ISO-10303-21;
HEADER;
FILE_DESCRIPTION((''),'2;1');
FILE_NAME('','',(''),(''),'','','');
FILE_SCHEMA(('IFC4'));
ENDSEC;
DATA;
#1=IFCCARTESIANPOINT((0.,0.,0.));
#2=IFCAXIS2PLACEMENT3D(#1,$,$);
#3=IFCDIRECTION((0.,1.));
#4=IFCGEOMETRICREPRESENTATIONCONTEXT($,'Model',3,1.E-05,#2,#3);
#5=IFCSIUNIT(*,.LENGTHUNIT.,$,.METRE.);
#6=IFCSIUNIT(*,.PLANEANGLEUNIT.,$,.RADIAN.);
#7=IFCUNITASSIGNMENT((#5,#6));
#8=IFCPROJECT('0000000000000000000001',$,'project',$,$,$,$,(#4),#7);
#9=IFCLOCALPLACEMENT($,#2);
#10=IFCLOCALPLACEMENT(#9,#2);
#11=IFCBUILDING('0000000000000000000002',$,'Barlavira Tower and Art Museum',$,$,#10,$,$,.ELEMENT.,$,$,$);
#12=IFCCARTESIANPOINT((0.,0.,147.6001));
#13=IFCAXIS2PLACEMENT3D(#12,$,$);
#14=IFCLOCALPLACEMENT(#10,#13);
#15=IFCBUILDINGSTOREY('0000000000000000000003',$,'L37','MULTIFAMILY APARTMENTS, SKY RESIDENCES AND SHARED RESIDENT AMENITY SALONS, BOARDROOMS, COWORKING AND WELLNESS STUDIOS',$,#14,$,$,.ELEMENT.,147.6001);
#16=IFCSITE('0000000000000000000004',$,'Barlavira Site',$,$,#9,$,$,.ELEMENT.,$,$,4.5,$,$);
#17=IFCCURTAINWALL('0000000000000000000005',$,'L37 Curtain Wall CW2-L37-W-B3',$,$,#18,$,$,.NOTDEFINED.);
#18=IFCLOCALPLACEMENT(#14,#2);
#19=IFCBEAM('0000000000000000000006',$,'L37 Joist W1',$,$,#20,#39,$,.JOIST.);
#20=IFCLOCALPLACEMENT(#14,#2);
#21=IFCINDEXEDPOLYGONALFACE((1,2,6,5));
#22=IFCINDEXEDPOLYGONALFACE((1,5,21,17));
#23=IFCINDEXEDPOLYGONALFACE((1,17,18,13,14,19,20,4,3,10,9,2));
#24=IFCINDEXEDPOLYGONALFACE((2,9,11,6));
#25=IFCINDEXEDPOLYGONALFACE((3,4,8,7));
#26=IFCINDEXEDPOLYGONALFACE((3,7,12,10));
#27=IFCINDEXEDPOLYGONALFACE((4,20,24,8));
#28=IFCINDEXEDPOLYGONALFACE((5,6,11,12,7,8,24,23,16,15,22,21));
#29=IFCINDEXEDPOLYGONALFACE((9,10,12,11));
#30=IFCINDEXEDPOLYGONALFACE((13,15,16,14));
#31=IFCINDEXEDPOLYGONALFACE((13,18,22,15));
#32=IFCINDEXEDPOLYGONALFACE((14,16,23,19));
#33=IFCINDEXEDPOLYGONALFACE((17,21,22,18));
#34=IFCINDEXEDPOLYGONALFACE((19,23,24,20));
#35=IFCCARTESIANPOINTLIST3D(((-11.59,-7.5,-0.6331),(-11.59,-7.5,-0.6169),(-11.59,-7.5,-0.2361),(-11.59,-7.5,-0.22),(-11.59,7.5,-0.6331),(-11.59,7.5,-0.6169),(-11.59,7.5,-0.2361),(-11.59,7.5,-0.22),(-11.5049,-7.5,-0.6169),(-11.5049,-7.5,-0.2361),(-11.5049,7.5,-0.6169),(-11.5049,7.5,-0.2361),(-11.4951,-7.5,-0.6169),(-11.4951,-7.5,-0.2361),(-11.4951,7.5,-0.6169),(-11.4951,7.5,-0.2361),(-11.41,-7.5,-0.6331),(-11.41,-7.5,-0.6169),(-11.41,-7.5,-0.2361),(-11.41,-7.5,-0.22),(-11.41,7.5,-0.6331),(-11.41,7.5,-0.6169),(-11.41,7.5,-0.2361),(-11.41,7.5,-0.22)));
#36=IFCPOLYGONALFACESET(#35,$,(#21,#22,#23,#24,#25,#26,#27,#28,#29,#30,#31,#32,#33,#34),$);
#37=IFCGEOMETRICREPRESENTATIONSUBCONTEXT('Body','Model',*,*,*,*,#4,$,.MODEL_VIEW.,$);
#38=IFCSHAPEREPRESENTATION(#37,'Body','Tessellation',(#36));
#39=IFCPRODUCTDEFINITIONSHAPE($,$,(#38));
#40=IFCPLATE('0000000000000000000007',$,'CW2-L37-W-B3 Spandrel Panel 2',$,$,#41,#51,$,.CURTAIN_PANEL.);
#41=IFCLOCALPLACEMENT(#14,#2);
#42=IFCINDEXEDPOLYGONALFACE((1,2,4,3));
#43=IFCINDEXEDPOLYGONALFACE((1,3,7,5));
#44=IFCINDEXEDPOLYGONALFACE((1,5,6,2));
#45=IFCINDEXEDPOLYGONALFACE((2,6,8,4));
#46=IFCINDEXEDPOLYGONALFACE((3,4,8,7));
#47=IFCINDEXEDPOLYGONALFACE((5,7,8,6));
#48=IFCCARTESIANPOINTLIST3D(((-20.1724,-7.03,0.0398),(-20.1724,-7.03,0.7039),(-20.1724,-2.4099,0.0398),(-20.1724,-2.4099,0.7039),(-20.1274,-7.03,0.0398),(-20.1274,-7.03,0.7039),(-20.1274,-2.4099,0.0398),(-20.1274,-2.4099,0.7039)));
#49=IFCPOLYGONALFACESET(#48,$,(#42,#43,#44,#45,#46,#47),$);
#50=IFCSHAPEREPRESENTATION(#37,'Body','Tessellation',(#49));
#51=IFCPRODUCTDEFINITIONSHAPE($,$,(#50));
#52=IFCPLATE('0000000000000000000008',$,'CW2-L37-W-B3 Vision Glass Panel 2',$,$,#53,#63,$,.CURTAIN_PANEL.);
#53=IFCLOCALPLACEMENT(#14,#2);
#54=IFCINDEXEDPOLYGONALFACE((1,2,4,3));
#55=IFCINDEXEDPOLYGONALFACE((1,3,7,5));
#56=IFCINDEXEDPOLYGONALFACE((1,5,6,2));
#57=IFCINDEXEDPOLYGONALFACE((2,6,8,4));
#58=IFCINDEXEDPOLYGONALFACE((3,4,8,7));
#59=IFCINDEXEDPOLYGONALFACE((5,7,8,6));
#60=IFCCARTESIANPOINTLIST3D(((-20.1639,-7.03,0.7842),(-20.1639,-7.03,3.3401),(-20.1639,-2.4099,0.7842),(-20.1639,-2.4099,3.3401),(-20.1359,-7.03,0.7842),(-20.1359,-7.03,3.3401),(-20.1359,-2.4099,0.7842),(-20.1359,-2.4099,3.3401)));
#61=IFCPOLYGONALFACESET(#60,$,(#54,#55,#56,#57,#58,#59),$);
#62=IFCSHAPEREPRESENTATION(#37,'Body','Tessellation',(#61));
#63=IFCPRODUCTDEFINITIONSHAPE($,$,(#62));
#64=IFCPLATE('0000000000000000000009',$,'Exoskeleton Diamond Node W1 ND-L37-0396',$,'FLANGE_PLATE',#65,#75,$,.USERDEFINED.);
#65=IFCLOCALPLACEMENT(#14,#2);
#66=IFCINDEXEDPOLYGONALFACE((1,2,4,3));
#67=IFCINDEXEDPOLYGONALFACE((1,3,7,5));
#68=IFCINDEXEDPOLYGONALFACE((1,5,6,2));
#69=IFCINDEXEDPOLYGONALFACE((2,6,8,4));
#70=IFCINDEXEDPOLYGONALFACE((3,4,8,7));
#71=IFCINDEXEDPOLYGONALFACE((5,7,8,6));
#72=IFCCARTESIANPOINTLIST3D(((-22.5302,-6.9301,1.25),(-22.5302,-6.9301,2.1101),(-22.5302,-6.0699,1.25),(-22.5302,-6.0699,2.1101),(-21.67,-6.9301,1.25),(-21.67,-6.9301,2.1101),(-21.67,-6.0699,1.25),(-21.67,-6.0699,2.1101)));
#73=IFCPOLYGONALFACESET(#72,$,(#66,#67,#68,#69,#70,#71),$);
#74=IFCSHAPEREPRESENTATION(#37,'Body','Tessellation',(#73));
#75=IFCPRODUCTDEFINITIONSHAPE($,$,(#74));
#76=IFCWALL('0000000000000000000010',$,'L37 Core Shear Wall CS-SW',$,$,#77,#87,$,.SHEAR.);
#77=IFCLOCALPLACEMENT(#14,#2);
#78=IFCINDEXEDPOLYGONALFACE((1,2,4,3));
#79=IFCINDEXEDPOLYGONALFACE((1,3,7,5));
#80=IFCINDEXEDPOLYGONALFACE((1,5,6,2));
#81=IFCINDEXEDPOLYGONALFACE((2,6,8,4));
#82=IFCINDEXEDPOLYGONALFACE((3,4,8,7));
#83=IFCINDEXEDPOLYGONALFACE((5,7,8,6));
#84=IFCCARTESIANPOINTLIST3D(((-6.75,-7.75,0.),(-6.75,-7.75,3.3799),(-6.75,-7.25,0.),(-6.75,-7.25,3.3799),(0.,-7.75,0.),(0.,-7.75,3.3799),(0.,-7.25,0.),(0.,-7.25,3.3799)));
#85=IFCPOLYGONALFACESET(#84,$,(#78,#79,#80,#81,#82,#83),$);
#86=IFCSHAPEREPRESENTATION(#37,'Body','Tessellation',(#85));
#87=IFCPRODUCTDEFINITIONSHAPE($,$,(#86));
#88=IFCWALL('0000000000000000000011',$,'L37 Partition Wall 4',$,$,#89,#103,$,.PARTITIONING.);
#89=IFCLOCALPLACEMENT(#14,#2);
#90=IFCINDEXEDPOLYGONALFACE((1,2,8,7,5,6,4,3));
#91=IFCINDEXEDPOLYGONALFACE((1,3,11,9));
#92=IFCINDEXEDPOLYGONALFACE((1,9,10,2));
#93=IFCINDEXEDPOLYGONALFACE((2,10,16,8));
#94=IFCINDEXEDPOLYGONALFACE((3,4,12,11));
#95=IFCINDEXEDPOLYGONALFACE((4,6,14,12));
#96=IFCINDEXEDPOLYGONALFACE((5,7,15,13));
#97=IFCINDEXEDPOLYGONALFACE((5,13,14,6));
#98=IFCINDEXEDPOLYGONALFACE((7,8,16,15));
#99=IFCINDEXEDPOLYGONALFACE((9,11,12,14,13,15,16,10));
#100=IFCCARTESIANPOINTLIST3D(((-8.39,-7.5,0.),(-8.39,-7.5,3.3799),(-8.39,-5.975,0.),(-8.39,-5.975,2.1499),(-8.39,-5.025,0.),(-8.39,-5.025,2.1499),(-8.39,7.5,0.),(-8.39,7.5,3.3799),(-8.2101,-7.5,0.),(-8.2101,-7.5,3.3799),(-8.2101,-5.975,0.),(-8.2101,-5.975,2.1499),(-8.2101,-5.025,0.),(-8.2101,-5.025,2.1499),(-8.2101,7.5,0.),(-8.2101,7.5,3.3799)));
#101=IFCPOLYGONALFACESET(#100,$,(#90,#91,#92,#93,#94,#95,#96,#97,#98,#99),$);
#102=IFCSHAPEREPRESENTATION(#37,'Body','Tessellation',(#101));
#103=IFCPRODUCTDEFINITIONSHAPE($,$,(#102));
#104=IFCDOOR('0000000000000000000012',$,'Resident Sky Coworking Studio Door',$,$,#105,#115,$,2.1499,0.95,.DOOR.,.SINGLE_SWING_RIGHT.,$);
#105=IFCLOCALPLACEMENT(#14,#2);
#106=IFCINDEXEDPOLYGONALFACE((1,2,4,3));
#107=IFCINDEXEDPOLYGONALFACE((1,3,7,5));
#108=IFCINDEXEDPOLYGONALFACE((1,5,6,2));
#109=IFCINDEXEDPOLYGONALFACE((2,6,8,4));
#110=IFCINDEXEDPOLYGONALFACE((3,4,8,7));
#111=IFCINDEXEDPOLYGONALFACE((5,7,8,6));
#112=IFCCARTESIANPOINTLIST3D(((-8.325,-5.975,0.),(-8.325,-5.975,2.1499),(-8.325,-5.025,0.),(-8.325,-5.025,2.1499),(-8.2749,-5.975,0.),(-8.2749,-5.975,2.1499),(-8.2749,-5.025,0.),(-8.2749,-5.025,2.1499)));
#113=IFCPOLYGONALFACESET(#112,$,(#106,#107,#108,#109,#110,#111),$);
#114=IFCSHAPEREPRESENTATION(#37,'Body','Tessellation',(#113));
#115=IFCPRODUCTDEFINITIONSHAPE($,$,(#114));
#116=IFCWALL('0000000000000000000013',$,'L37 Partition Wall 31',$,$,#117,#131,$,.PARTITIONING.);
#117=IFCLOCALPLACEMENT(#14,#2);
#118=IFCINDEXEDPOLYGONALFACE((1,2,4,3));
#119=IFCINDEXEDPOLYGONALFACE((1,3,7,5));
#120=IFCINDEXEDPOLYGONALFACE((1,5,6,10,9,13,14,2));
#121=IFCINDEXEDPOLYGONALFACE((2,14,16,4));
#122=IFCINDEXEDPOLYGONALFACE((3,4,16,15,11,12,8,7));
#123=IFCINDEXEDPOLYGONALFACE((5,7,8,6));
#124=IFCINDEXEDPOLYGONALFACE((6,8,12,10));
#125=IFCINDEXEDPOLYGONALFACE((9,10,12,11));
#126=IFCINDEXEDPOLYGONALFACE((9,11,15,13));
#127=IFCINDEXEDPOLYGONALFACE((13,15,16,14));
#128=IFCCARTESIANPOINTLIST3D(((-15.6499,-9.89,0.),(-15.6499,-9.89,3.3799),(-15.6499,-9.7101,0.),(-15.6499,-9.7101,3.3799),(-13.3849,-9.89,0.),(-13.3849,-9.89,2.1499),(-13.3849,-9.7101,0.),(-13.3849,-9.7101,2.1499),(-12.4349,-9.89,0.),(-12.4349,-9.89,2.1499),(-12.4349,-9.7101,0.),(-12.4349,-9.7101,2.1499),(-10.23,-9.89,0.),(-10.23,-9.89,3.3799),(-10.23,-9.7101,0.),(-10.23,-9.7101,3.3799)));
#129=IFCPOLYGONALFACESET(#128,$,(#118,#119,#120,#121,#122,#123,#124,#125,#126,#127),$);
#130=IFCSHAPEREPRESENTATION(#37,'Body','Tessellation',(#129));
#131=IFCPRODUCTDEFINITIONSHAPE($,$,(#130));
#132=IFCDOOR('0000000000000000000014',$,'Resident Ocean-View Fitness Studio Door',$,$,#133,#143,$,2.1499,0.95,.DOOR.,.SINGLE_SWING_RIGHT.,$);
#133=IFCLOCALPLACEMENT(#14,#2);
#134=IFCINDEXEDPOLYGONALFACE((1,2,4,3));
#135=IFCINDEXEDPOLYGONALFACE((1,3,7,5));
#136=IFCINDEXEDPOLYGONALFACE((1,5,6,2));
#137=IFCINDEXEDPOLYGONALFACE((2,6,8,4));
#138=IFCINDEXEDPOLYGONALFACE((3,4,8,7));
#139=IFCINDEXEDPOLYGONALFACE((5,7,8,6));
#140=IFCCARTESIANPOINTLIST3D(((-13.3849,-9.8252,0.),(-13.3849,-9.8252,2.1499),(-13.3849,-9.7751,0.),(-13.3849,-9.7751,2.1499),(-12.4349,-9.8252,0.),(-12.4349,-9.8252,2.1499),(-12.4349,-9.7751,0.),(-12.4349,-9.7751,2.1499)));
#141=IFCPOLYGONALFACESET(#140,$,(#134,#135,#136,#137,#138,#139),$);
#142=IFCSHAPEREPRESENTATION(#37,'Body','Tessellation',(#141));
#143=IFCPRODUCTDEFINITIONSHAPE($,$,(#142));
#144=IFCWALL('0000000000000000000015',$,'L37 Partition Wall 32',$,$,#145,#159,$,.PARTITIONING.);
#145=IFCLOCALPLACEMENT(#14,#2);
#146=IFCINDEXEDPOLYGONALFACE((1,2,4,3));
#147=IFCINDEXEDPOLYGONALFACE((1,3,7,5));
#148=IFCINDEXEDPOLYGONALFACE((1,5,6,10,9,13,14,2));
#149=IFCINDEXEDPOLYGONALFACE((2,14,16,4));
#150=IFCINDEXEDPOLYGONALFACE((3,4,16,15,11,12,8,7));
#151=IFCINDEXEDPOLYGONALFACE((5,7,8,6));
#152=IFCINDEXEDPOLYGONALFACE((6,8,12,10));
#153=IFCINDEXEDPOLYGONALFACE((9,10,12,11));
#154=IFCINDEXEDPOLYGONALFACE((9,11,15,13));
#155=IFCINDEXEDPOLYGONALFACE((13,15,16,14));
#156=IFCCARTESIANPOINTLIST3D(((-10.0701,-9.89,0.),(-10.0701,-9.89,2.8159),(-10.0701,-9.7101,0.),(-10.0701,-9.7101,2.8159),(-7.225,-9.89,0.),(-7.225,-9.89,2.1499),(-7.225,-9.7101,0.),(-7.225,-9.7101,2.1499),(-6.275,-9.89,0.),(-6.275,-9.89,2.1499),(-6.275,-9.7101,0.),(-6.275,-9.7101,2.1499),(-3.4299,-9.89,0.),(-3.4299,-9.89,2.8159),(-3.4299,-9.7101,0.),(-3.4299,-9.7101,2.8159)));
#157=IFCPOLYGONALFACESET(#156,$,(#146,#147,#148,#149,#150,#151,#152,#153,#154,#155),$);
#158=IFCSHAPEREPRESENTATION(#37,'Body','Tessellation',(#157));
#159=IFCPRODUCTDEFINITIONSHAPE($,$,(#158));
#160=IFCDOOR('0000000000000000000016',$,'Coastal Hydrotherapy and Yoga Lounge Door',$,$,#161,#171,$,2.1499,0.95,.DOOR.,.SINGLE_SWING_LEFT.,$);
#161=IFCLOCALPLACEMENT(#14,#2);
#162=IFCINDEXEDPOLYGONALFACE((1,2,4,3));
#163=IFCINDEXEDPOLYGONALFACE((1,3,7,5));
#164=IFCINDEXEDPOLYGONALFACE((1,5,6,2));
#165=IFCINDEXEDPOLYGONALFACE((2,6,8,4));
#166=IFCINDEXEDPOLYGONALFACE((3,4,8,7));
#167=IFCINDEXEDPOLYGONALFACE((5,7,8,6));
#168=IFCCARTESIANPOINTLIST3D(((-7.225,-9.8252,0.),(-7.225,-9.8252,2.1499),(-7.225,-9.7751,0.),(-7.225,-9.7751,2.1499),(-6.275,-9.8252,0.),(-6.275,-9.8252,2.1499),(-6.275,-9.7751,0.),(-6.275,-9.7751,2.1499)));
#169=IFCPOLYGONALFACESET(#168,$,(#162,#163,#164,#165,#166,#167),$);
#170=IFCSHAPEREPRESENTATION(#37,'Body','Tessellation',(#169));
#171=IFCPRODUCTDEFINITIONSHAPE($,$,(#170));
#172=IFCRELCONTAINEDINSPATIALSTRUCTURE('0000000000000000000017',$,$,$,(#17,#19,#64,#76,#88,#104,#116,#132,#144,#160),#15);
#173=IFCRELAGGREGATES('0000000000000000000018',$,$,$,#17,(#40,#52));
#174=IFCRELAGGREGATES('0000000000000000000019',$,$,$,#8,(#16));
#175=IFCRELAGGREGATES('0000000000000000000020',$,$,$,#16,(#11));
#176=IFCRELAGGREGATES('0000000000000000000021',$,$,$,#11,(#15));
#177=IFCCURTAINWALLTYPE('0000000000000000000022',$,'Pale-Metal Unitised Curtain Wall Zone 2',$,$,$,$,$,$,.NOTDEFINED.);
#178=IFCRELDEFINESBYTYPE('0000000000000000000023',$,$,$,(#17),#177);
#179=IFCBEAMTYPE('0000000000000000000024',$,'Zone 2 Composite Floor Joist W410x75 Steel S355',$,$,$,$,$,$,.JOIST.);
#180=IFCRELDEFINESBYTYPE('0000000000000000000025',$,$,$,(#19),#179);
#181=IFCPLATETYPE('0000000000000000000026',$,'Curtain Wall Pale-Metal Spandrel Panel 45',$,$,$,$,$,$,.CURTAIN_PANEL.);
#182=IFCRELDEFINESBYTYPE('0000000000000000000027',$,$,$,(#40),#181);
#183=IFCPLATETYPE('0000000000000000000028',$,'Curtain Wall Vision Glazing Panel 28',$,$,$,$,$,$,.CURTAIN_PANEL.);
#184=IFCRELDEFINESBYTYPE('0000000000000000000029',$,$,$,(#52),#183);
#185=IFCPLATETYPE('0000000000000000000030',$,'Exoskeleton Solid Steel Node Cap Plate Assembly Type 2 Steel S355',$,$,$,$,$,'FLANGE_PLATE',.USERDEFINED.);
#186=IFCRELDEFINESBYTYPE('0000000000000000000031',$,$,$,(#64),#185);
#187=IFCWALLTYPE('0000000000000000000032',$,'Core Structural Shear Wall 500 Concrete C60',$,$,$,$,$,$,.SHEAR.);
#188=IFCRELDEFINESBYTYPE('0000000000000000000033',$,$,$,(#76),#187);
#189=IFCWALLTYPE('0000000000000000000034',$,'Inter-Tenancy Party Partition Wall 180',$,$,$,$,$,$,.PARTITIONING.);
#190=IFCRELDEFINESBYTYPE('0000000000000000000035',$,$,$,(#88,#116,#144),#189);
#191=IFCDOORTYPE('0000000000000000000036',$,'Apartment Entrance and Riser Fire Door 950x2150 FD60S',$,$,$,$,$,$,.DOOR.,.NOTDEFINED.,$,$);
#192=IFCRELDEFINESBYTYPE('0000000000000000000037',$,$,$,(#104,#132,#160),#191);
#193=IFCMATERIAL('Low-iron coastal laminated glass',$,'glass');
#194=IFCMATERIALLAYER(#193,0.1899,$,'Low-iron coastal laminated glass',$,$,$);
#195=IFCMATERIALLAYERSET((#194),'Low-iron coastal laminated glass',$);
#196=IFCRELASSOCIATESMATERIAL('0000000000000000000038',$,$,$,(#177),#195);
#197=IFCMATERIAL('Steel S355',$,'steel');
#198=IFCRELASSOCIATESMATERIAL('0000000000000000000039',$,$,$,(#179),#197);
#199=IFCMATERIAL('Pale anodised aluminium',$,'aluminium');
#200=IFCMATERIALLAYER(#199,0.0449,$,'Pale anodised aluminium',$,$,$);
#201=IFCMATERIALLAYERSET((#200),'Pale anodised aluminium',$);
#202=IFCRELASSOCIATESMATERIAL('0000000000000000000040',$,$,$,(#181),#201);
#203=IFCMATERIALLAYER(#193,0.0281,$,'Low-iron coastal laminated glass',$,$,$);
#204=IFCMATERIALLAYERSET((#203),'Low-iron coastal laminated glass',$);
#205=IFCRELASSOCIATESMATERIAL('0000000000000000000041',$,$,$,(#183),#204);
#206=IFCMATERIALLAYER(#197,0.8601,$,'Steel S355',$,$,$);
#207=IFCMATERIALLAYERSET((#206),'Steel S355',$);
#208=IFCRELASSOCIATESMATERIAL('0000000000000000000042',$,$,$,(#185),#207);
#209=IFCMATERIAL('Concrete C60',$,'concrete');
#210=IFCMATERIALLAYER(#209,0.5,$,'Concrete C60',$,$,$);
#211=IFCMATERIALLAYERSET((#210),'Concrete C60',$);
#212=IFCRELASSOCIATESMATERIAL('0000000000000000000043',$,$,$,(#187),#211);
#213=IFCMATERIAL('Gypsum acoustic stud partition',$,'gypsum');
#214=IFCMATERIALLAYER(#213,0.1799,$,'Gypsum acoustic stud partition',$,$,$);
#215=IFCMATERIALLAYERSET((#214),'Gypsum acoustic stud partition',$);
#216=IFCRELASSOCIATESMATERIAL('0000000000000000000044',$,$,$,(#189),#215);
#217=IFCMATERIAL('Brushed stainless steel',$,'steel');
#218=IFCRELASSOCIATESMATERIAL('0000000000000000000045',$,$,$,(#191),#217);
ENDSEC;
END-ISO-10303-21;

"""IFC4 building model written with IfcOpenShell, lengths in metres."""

from ifc_helpers import new_model, si_unit, direction, frame, frame_2d, origin, origin_2d, place, context, subcontext, project, spatial, rectangle, i_section, extrude, material, layer, layer_set, material_profile, profile_set, type_object, element, fill, aggregate, save


model = new_model("IFC4")

# Units and contexts
model_context = context("Model", 3, precision=1e-05, world=origin(), true_north=direction((0.0, 1.0)))
body_context = subcontext(model_context, "Body", "Model", "MODEL_VIEW")
ifc_project = project(units=[si_unit("LENGTHUNIT", "METRE"), si_unit("PLANEANGLEUNIT", "RADIAN")], contexts=[model_context])

# Site, building, storey
site_placement = place(None, origin())
site = spatial("IfcSite", under=ifc_project, at=site_placement, Name="Barlavira Site", CompositionType="ELEMENT", RefElevation=4.5)
building_placement = place(site_placement, origin())
building = spatial("IfcBuilding", under=site, at=building_placement, Name="Barlavira Tower and Art Museum", CompositionType="ELEMENT")
storey_placement = place(building_placement, frame((0.0, 0.0, 147.6001)))
storey = spatial("IfcBuildingStorey", under=building, at=storey_placement, Name="L37", Description="MULTIFAMILY APARTMENTS, SKY RESIDENCES AND SHARED RESIDENT AMENITY SALONS, BOARDROOMS, COWORKING AND WELLNESS STUDIOS", CompositionType="ELEMENT", Elevation=147.6001)

# Shared definitions
ifc_material_1 = material(Name="Concrete C60", Category="concrete")

# Curtain wall
ifc_material_2 = material(Name="Low-iron coastal laminated glass", Category="glass")
ifc_layer_1 = layer(ifc_material_2, 0.1899, Name="Low-iron coastal laminated glass")
ifc_layer_set_1 = layer_set([ifc_layer_1], Name="Low-iron coastal laminated glass")
curtain_wall_type = type_object("IfcCurtainWallType", Name="Pale-Metal Unitised Curtain Wall Zone 2", PredefinedType="NOTDEFINED", material=ifc_layer_set_1)
curtain_wall_placement = place(storey_placement, origin())
curtain_wall = element("IfcCurtainWall", 1, at=curtain_wall_placement, inside=storey, type_object=curtain_wall_type, Name="L37 Curtain Wall CW2-L37-W-B3", PredefinedType="NOTDEFINED")
ifc_material_3 = material(Name="Pale anodised aluminium", Category="aluminium")

# Beam
ifc_material_4 = material(Name="Steel S355", Category="steel")
ifc_material_profile_1 = material_profile(ifc_material_4, i_section(OverallWidth=0.1799, OverallDepth=0.4131, WebThickness=0.0098, FlangeThickness=0.0161, at=origin_2d()), Name="W410x75.0")
ifc_profile_set_1 = profile_set([ifc_material_profile_1], Name="Steel S355")
beam_type_1 = type_object("IfcBeamType", Name="Zone 2 Composite Floor Joist W410x75 Steel S355", PredefinedType="JOIST", material=ifc_profile_set_1)
beam_1_placement = place(storey_placement, frame((-11.5, -7.5, -0.4265), z_axis=(0.0, 1.0, 0.0), x_axis=(-1.0, 0.0, 0.0)))
element("IfcBeam", 2, at=beam_1_placement, inside=storey, type_object=beam_type_1, Name="L37 Joist W1", PredefinedType="JOIST", context=body_context, shape_type="SweptSolid", body=[
    extrude(i_section(OverallWidth=0.1799, OverallDepth=0.4131, WebThickness=0.0098, FlangeThickness=0.0161, at=origin_2d()), origin(), (0.0, 0.0, 1.0), 15.0),
])

# Plates
ifc_layer_2 = layer(ifc_material_3, 0.0449, Name="Pale anodised aluminium")
ifc_layer_set_2 = layer_set([ifc_layer_2], Name="Pale anodised aluminium")
plate_type_1 = type_object("IfcPlateType", Name="Curtain Wall Pale-Metal Spandrel Panel 45", PredefinedType="CURTAIN_PANEL", material=ifc_layer_set_2)
plate_1_placement = place(storey_placement, frame((-20.1499, -4.72, 0.0398), z_axis=(0.0, 0.0, 1.0), x_axis=(0.0, -1.0, 0.0)))
plate_1 = element("IfcPlate", 3, at=plate_1_placement, type_object=plate_type_1, Name="CW2-L37-W-B3 Spandrel Panel 2", PredefinedType="CURTAIN_PANEL", context=body_context, shape_type="SweptSolid", body=[
    extrude(rectangle(XDim=4.6201, YDim=0.0449, at=origin_2d()), origin(), (0.0, 0.0, 1.0), 0.6641),
])
ifc_layer_3 = layer(ifc_material_2, 0.0281, Name="Low-iron coastal laminated glass")
ifc_layer_set_3 = layer_set([ifc_layer_3], Name="Low-iron coastal laminated glass")
plate_type_2 = type_object("IfcPlateType", Name="Curtain Wall Vision Glazing Panel 28", PredefinedType="CURTAIN_PANEL", material=ifc_layer_set_3)
plate_2_placement = place(storey_placement, frame((-20.1499, -4.72, 0.7842), z_axis=(0.0, 0.0, 1.0), x_axis=(0.0, -1.0, 0.0)))
plate_2 = element("IfcPlate", 4, at=plate_2_placement, type_object=plate_type_2, Name="CW2-L37-W-B3 Vision Glass Panel 2", PredefinedType="CURTAIN_PANEL", context=body_context, shape_type="SweptSolid", body=[
    extrude(rectangle(XDim=4.6201, YDim=0.0281, at=origin_2d()), origin(), (0.0, 0.0, 1.0), 2.5559),
])
aggregate(curtain_wall, [plate_1, plate_2])
ifc_layer_4 = layer(ifc_material_4, 0.8601, Name="Steel S355")
ifc_layer_set_4 = layer_set([ifc_layer_4], Name="Steel S355")
plate_type_3 = type_object("IfcPlateType", Name="Exoskeleton Solid Steel Node Cap Plate Assembly Type 2 Steel S355", ElementType="FLANGE_PLATE", PredefinedType="USERDEFINED", material=ifc_layer_set_4)
plate_3_placement = place(storey_placement, frame((-22.1001, -6.5, 1.25), z_axis=(0.0, 0.0, 1.0), x_axis=(1.0, 0.0, 0.0)))
element("IfcPlate", 5, at=plate_3_placement, inside=storey, type_object=plate_type_3, Name="Exoskeleton Diamond Node W1 ND-L37-0396", ObjectType="FLANGE_PLATE", PredefinedType="USERDEFINED", context=body_context, shape_type="SweptSolid", body=[
    extrude(rectangle(XDim=0.8601, YDim=0.8601, at=origin_2d()), origin(), (0.0, 0.0, 1.0), 0.8601),
])

# Wall
ifc_layer_5 = layer(ifc_material_1, 0.5, Name="Concrete C60")
ifc_layer_set_5 = layer_set([ifc_layer_5], Name="Concrete C60")
wall_type_1 = type_object("IfcWallType", Name="Core Structural Shear Wall 500 Concrete C60", PredefinedType="SHEAR", material=ifc_layer_set_5)
wall_1_placement = place(storey_placement, frame((-6.75, -7.5, 0.0), z_axis=(0.0, 0.0, 1.0), x_axis=(1.0, 0.0, 0.0)))
element("IfcWall", 6, at=wall_1_placement, inside=storey, type_object=wall_type_1, Name="L37 Core Shear Wall CS-SW", PredefinedType="SHEAR", context=body_context, shape_type="SweptSolid", body=[
    extrude(rectangle(XDim=6.75, YDim=0.5, at=frame_2d((3.375, 0.0))), origin(), (0.0, 0.0, 1.0), 3.3799),
])

# Walls, openings, doors
ifc_material_5 = material(Name="Gypsum acoustic stud partition", Category="gypsum")
ifc_layer_6 = layer(ifc_material_5, 0.1799, Name="Gypsum acoustic stud partition")
ifc_layer_set_6 = layer_set([ifc_layer_6], Name="Gypsum acoustic stud partition")
wall_type_2 = type_object("IfcWallType", Name="Inter-Tenancy Party Partition Wall 180", PredefinedType="PARTITIONING", material=ifc_layer_set_6)
wall_2_placement = place(storey_placement, frame((-8.3, -7.5, 0.0), z_axis=(0.0, 0.0, 1.0), x_axis=(0.0, 1.0, 0.0)))
wall_2 = element("IfcWall", 7, at=wall_2_placement, inside=storey, type_object=wall_type_2, Name="L37 Partition Wall 4", PredefinedType="PARTITIONING", context=body_context, shape_type="SweptSolid", body=[
    extrude(rectangle(XDim=15.0, YDim=0.1799, at=frame_2d((7.5, 0.0))), origin(), (0.0, 0.0, 1.0), 3.3799),
])
opening_1_placement = place(wall_2_placement, frame((1.5249, 0.0, 0.0)))
opening_1 = element("IfcOpeningElement", 8, at=opening_1_placement, cuts=wall_2, PredefinedType="OPENING", context=body_context, shape_type="SweptSolid", body=[
    extrude(rectangle(XDim=0.95, YDim=2.1499, at=frame_2d((0.4751, 1.075))), frame((0.0, 0.1001, 0.0), z_axis=(0.0, -1.0, 0.0), x_axis=(1.0, 0.0, 0.0)), (0.0, 0.0, 1.0), 0.2),
])
ifc_material_6 = material(Name="Brushed stainless steel", Category="steel")
door_type = type_object("IfcDoorType", Name="Apartment Entrance and Riser Fire Door 950x2150 FD60S", OperationType="NOTDEFINED", PredefinedType="DOOR", material=ifc_material_6)
door_1_placement = place(opening_1_placement, origin())
door_1 = element("IfcDoor", 9, at=door_1_placement, inside=storey, type_object=door_type, Name="Resident Sky Coworking Studio Door", OperationType="SINGLE_SWING_RIGHT", OverallHeight=2.1499, OverallWidth=0.95, PredefinedType="DOOR", context=body_context, shape_type="SweptSolid", body=[
    extrude(rectangle(XDim=0.95, YDim=2.1499, at=frame_2d((0.4751, 1.075))), frame((0.0, 0.0249, 0.0), z_axis=(0.0, -1.0, 0.0), x_axis=(1.0, 0.0, 0.0)), (0.0, 0.0, 1.0), 0.05),
])
fill(opening_1, door_1)
wall_3_placement = place(storey_placement, frame((-15.6499, -9.8, 0.0), z_axis=(0.0, 0.0, 1.0), x_axis=(1.0, 0.0, 0.0)))
wall_3 = element("IfcWall", 10, at=wall_3_placement, inside=storey, type_object=wall_type_2, Name="L37 Partition Wall 31", PredefinedType="PARTITIONING", context=body_context, shape_type="SweptSolid", body=[
    extrude(rectangle(XDim=5.4199, YDim=0.1799, at=frame_2d((2.71, 0.0))), origin(), (0.0, 0.0, 1.0), 3.3799),
])
opening_2_placement = place(wall_3_placement, frame((2.2649, 0.0, 0.0)))
opening_2 = element("IfcOpeningElement", 11, at=opening_2_placement, cuts=wall_3, PredefinedType="OPENING", context=body_context, shape_type="SweptSolid", body=[
    extrude(rectangle(XDim=0.95, YDim=2.1499, at=frame_2d((0.4751, 1.075))), frame((0.0, 0.1001, 0.0), z_axis=(0.0, -1.0, 0.0), x_axis=(1.0, 0.0, 0.0)), (0.0, 0.0, 1.0), 0.2),
])
door_2_placement = place(opening_2_placement, origin())
door_2 = element("IfcDoor", 12, at=door_2_placement, inside=storey, type_object=door_type, Name="Resident Ocean-View Fitness Studio Door", OperationType="SINGLE_SWING_RIGHT", OverallHeight=2.1499, OverallWidth=0.95, PredefinedType="DOOR", context=body_context, shape_type="SweptSolid", body=[
    extrude(rectangle(XDim=0.95, YDim=2.1499, at=frame_2d((0.4751, 1.075))), frame((0.0, 0.0249, 0.0), z_axis=(0.0, -1.0, 0.0), x_axis=(1.0, 0.0, 0.0)), (0.0, 0.0, 1.0), 0.05),
])
fill(opening_2, door_2)
wall_4_placement = place(storey_placement, frame((-10.0701, -9.8, 0.0), z_axis=(0.0, 0.0, 1.0), x_axis=(1.0, 0.0, 0.0)))
wall_4 = element("IfcWall", 13, at=wall_4_placement, inside=storey, type_object=wall_type_2, Name="L37 Partition Wall 32", PredefinedType="PARTITIONING", context=body_context, shape_type="SweptSolid", body=[
    extrude(rectangle(XDim=6.6401, YDim=0.1799, at=frame_2d((3.3201, 0.0))), origin(), (0.0, 0.0, 1.0), 2.8159),
])
opening_3_placement = place(wall_4_placement, frame((2.845, 0.0, 0.0)))
opening_3 = element("IfcOpeningElement", 14, at=opening_3_placement, cuts=wall_4, PredefinedType="OPENING", context=body_context, shape_type="SweptSolid", body=[
    extrude(rectangle(XDim=0.95, YDim=2.1499, at=frame_2d((0.4751, 1.075))), frame((0.0, 0.1001, 0.0), z_axis=(0.0, -1.0, 0.0), x_axis=(1.0, 0.0, 0.0)), (0.0, 0.0, 1.0), 0.2),
])
door_3_placement = place(opening_3_placement, origin())
door_3 = element("IfcDoor", 15, at=door_3_placement, inside=storey, type_object=door_type, Name="Coastal Hydrotherapy and Yoga Lounge Door", OperationType="SINGLE_SWING_LEFT", OverallHeight=2.1499, OverallWidth=0.95, PredefinedType="DOOR", context=body_context, shape_type="SweptSolid", body=[
    extrude(rectangle(XDim=0.95, YDim=2.1499, at=frame_2d((0.4751, 1.075))), frame((0.0, 0.0249, 0.0), z_axis=(0.0, -1.0, 0.0), x_axis=(1.0, 0.0, 0.0)), (0.0, 0.0, 1.0), 0.05),
])
fill(opening_3, door_3)

save(model, "model.ifc")
